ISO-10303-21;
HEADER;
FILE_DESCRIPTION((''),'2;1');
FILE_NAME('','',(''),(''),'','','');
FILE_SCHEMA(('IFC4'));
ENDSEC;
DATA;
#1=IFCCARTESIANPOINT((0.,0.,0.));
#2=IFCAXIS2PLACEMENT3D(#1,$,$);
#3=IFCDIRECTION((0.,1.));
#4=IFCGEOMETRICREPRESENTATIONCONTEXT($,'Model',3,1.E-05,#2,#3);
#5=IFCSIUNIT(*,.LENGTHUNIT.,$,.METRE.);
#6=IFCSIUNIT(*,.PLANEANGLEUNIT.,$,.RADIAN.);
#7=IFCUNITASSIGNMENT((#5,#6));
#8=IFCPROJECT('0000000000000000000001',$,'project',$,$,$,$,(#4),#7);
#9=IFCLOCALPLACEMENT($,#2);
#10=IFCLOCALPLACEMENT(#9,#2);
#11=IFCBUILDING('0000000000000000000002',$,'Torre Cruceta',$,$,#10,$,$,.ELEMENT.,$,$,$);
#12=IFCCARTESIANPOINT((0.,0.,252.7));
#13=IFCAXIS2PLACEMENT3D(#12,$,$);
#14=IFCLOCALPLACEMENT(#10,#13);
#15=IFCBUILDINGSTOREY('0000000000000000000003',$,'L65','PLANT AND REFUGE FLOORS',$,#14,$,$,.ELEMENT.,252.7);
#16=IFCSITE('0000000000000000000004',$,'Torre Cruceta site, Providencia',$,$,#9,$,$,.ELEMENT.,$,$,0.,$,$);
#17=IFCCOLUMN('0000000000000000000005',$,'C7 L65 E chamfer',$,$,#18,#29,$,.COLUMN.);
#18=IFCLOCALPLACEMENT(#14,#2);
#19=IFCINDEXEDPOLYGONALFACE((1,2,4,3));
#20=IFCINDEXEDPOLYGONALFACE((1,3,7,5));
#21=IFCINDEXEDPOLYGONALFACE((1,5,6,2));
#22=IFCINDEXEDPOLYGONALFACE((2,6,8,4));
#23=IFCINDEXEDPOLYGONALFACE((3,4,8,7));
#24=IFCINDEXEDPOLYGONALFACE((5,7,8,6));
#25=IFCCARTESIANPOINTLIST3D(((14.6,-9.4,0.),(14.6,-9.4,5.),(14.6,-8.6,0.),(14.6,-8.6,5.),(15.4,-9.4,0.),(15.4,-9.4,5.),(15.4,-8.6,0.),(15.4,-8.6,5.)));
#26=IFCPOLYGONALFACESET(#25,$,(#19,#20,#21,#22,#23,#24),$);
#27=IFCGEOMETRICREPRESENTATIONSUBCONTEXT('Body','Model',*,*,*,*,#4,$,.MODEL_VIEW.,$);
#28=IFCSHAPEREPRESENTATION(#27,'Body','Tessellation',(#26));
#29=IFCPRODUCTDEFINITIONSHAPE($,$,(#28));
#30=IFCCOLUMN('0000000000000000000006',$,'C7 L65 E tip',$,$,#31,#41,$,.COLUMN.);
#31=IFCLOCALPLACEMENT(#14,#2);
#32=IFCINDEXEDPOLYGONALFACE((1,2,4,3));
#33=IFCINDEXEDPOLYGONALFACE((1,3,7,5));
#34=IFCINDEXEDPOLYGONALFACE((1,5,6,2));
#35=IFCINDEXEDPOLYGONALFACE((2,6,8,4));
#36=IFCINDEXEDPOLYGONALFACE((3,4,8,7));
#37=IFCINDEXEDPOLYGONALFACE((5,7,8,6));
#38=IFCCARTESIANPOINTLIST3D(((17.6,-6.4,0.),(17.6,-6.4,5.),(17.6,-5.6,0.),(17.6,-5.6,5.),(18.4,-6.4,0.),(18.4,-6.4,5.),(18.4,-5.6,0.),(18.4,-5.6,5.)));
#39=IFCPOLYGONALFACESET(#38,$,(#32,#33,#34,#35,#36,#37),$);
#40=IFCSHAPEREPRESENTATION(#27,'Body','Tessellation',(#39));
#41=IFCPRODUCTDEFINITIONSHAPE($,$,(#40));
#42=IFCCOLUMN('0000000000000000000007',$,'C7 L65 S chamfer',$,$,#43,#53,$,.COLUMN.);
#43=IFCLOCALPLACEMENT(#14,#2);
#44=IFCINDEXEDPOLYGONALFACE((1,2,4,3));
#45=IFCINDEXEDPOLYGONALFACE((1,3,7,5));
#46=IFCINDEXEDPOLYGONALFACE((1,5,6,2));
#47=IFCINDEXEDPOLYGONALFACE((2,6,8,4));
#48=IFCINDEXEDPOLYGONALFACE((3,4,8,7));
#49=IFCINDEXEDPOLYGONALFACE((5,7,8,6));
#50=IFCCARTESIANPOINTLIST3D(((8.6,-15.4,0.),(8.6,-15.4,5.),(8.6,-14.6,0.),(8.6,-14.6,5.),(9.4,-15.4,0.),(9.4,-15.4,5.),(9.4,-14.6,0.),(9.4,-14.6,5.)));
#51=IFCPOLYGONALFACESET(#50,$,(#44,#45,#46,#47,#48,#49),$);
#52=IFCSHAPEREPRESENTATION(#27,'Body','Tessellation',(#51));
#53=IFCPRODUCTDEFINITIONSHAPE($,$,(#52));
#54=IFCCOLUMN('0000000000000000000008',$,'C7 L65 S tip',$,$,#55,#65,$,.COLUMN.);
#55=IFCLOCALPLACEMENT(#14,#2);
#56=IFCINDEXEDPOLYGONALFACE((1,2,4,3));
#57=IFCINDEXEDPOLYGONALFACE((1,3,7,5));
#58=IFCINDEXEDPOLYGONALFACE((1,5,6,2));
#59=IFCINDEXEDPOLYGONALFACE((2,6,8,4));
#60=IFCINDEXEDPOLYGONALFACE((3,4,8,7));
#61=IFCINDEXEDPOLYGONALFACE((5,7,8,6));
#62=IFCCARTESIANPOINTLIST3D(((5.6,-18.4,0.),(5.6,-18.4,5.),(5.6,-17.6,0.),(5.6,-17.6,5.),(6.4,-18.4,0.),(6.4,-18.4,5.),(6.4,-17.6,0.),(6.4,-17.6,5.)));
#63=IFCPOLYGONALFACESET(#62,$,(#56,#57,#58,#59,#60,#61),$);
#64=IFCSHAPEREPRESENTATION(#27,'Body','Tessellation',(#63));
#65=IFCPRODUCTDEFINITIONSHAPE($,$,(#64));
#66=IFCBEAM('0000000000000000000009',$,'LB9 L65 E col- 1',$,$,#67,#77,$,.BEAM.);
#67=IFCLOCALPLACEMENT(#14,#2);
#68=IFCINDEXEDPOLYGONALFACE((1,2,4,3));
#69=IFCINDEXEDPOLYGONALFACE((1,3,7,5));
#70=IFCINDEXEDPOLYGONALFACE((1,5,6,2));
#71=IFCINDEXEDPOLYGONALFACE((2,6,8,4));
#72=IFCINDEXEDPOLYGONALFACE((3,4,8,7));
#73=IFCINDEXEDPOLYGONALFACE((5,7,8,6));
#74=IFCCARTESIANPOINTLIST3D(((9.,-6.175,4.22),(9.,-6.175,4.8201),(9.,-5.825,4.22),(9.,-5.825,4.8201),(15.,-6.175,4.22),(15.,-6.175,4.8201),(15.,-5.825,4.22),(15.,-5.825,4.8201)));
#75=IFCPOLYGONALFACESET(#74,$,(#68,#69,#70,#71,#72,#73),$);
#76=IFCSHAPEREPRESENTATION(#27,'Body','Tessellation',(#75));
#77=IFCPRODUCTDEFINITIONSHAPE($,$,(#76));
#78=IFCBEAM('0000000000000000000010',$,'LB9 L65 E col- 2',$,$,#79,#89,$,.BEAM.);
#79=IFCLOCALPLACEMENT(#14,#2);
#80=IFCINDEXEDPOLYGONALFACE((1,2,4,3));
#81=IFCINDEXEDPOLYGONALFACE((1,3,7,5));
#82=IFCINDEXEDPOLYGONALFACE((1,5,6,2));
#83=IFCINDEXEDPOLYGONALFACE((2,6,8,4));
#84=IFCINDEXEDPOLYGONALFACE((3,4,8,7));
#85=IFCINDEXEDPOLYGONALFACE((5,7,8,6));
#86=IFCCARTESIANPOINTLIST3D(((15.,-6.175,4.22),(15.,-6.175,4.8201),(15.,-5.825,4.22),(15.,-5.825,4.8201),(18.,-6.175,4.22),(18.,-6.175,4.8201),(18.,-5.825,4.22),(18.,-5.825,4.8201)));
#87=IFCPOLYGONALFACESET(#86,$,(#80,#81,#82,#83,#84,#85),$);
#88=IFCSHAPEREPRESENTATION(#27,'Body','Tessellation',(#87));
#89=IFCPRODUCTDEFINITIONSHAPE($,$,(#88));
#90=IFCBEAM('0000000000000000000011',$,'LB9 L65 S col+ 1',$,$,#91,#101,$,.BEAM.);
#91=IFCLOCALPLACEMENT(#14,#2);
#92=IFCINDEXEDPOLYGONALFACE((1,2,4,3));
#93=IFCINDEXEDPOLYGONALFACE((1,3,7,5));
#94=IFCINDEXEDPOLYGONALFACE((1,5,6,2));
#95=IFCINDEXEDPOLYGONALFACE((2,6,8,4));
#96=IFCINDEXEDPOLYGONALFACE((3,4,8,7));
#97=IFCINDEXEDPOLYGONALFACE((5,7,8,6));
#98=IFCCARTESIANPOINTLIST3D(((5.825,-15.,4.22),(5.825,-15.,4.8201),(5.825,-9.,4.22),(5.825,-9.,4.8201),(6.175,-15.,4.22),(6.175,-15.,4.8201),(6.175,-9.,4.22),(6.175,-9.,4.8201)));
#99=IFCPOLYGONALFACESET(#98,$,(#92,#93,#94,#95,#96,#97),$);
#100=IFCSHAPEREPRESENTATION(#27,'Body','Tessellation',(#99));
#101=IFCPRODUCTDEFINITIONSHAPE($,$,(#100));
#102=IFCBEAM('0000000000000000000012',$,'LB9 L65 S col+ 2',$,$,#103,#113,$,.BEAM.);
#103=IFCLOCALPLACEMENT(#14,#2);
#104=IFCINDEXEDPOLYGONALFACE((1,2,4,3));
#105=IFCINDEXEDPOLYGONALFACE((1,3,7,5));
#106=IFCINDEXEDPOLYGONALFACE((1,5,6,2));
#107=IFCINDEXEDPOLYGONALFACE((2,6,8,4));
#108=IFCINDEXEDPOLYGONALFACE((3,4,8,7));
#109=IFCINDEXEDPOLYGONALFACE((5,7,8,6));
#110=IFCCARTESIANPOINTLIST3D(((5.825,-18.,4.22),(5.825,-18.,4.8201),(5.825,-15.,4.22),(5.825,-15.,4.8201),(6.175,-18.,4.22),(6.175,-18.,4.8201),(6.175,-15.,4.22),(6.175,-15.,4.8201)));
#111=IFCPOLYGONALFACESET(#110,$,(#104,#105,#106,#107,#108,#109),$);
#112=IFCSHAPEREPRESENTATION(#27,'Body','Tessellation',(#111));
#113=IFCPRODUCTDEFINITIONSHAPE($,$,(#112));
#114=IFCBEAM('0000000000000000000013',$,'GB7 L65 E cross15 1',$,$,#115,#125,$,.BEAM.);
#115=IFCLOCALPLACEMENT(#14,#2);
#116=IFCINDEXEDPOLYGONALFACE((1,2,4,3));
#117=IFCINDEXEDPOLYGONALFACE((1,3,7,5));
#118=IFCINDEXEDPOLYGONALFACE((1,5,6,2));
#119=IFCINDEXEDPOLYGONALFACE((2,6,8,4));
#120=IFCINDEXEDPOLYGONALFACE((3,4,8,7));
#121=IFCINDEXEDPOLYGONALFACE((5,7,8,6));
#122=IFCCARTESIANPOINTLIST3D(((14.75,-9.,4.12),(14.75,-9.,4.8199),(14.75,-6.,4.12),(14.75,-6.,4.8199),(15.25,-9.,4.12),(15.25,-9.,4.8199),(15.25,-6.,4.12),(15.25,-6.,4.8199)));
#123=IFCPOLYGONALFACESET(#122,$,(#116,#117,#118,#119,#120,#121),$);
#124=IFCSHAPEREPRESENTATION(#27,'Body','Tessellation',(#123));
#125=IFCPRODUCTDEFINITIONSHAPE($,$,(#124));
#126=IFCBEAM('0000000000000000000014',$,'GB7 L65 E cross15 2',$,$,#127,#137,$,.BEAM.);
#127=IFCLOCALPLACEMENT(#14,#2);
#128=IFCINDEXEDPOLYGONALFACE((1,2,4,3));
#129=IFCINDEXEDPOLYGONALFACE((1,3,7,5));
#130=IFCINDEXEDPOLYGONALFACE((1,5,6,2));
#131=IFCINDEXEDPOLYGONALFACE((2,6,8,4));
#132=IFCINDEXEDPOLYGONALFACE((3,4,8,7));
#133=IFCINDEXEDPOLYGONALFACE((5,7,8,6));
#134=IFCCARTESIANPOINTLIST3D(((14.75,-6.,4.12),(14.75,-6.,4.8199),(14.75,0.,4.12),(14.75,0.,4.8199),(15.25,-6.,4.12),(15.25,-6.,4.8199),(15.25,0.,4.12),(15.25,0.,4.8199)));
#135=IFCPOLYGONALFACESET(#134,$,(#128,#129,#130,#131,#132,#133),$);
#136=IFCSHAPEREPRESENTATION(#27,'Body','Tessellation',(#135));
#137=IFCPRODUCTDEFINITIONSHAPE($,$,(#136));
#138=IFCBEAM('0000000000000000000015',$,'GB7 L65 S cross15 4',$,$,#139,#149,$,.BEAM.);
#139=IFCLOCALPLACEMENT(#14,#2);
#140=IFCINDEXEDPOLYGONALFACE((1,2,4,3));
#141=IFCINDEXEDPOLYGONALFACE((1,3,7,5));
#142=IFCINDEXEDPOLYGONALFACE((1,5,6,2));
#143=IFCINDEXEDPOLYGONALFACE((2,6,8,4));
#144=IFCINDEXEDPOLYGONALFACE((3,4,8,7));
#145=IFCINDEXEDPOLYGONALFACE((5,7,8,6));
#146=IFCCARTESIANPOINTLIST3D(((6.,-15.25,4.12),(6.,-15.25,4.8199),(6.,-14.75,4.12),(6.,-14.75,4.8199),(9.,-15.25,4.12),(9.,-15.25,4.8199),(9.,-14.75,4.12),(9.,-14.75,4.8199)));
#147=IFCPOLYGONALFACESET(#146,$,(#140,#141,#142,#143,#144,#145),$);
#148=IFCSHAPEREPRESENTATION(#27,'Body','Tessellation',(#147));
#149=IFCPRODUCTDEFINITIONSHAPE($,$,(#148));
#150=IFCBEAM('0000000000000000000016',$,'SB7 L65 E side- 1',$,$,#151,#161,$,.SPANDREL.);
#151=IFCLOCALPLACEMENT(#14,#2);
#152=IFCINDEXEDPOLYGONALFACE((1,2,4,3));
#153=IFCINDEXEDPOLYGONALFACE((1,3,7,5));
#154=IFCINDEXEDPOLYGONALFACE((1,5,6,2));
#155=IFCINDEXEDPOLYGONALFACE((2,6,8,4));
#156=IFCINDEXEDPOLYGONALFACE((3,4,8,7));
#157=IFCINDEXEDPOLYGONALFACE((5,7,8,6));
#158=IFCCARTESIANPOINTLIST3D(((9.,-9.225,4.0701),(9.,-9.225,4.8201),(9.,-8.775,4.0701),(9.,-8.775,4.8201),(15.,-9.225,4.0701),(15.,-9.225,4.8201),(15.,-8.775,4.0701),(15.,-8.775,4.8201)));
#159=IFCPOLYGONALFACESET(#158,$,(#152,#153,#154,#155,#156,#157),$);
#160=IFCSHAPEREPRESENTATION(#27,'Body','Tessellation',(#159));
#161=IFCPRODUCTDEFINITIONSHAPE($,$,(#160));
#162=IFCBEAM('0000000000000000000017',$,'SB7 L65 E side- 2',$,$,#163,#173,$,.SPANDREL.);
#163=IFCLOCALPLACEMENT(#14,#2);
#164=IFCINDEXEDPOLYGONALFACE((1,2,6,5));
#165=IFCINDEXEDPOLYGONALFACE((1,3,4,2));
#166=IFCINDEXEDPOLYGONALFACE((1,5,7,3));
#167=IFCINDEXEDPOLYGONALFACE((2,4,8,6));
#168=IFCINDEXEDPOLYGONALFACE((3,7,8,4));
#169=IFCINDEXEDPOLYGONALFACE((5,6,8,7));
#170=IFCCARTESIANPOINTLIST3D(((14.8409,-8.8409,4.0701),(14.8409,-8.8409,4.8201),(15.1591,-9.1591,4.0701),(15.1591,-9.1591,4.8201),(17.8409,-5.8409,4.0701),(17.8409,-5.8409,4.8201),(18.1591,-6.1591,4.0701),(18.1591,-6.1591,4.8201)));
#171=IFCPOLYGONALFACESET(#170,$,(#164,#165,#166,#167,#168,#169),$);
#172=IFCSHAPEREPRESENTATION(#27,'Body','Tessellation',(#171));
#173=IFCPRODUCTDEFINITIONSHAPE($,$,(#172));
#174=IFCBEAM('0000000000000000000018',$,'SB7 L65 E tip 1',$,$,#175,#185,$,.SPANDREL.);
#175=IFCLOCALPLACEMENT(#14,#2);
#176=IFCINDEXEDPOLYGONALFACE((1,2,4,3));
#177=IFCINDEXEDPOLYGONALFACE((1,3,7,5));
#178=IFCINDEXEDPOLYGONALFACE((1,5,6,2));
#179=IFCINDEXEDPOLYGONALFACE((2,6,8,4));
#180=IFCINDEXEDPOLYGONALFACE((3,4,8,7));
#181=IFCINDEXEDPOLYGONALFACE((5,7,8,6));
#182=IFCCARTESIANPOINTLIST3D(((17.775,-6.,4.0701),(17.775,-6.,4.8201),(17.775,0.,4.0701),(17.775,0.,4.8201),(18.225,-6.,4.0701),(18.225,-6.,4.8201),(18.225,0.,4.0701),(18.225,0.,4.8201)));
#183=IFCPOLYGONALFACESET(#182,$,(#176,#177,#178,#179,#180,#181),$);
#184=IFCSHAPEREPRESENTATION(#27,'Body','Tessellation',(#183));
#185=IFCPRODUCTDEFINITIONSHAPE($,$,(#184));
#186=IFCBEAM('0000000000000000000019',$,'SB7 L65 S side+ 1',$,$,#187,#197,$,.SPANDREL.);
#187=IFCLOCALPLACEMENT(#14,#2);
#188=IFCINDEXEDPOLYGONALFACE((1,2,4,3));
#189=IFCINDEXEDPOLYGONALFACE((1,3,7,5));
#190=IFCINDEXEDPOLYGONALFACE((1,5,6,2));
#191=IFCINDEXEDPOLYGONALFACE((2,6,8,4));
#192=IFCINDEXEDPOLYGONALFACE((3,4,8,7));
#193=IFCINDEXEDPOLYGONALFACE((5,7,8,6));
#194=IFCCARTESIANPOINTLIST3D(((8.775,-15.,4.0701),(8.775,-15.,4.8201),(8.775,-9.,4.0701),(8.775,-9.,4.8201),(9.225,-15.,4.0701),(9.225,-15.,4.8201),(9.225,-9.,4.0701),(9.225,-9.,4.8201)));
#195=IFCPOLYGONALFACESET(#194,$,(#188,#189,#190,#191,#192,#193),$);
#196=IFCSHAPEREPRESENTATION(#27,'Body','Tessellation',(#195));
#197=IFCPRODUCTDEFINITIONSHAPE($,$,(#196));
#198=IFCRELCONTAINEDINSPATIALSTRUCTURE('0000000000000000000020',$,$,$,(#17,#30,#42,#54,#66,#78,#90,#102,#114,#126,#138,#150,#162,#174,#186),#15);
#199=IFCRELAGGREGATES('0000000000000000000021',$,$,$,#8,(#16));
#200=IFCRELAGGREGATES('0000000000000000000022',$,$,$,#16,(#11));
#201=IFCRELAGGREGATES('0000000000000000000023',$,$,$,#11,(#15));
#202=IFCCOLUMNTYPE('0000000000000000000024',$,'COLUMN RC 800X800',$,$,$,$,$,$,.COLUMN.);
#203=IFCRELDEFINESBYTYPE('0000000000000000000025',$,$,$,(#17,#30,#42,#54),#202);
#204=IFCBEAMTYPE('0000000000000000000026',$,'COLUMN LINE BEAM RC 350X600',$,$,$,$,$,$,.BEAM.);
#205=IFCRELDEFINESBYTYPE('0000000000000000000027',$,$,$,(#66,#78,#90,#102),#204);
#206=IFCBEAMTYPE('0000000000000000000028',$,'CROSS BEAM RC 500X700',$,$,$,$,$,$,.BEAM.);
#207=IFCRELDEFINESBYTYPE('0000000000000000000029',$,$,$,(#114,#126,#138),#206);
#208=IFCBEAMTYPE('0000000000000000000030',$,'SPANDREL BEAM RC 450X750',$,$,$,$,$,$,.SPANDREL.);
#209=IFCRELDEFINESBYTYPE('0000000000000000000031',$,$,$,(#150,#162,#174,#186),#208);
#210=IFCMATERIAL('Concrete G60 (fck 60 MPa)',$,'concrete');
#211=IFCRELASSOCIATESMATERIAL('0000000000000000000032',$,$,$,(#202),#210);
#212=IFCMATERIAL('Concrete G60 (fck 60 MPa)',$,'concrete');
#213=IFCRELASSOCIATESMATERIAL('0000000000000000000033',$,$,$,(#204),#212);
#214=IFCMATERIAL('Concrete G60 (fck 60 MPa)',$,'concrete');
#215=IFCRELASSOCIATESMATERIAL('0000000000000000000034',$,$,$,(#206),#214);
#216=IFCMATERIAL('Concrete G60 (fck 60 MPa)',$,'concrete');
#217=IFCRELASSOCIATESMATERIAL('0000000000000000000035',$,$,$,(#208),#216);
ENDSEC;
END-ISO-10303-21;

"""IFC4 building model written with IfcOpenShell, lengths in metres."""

from ifc_helpers import new_model, si_unit, direction, frame, origin, origin_2d, place, context, subcontext, project, spatial, rectangle, extrude, material, material_profile, profile_set, type_object, element, save


model = new_model("IFC4")

# Units and contexts
model_context = context("Model", 3, precision=1e-05, world=origin(), true_north=direction((0.0, 1.0)))
body_context = subcontext(model_context, "Body", "Model", "MODEL_VIEW")
ifc_project = project(units=[si_unit("LENGTHUNIT", "METRE"), si_unit("PLANEANGLEUNIT", "RADIAN")], contexts=[model_context])

# Site, building, storey
site_placement = place(None, origin())
site = spatial("IfcSite", under=ifc_project, at=site_placement, Name="Torre Cruceta site, Providencia", CompositionType="ELEMENT", RefElevation=0.0)
building_placement = place(site_placement, origin())
building = spatial("IfcBuilding", under=site, at=building_placement, Name="Torre Cruceta", CompositionType="ELEMENT")
storey_placement = place(building_placement, frame((0.0, 0.0, 252.7)))
storey = spatial("IfcBuildingStorey", under=building, at=storey_placement, Name="L65", Description="PLANT AND REFUGE FLOORS", CompositionType="ELEMENT", Elevation=252.7)

# Columns
ifc_material_1 = material(Name="Concrete G60 (fck 60 MPa)", Category="concrete")
ifc_material_profile_1 = material_profile(ifc_material_1, rectangle(XDim=0.8, YDim=0.8, at=origin_2d()), Name="RC 800X800")
ifc_profile_set_1 = profile_set([ifc_material_profile_1], Name="Concrete G60 (fck 60 MPa)")
column_type = type_object("IfcColumnType", Name="COLUMN RC 800X800", PredefinedType="COLUMN", material=ifc_profile_set_1)
for number, where, z_axis, x_axis, name in (
    (1, (15.0, -9.0, 0.0), (0.0, 0.0, 1.0), (1.0, 0.0, 0.0), "C7 L65 E chamfer"),
    (2, (18.0, -6.0, 0.0), (0.0, 0.0, 1.0), (1.0, 0.0, 0.0), "C7 L65 E tip"),
    (3, (9.0, -15.0, 0.0), (0.0, 0.0, 1.0), (1.0, 0.0, 0.0), "C7 L65 S chamfer"),
    (4, (6.0, -18.0, 0.0), (0.0, 0.0, 1.0), (1.0, 0.0, 0.0), "C7 L65 S tip"),
):
    element("IfcColumn", number, at=place(storey_placement, frame(where, z_axis=z_axis, x_axis=x_axis)), inside=storey, type_object=column_type, Name=name, PredefinedType="COLUMN", context=body_context, shape_type="SweptSolid", body=[
        extrude(rectangle(XDim=0.8, YDim=0.8, at=origin_2d()), origin(), (0.0, 0.0, 1.0), 5.0),
    ])

# Beams
ifc_material_2 = material(Name="Concrete G60 (fck 60 MPa)", Category="concrete")
ifc_material_profile_2 = material_profile(ifc_material_2, rectangle(XDim=0.3501, YDim=0.6001, at=origin_2d()), Name="RC 350X600")
ifc_profile_set_2 = profile_set([ifc_material_profile_2], Name="Concrete G60 (fck 60 MPa)")
beam_type_1 = type_object("IfcBeamType", Name="COLUMN LINE BEAM RC 350X600", PredefinedType="BEAM", material=ifc_profile_set_2)
beam_1_placement = place(storey_placement, frame((9.0, -6.0, 4.52), z_axis=(1.0, 0.0, 0.0), x_axis=(0.0, 1.0, 0.0)))
element("IfcBeam", 5, at=beam_1_placement, inside=storey, type_object=beam_type_1, Name="LB9 L65 E col- 1", PredefinedType="BEAM", context=body_context, shape_type="SweptSolid", body=[
    extrude(rectangle(XDim=0.3501, YDim=0.6001, at=origin_2d()), origin(), (0.0, 0.0, 1.0), 6.0),
])
beam_2_placement = place(storey_placement, frame((15.0, -6.0, 4.52), z_axis=(1.0, 0.0, 0.0), x_axis=(0.0, 1.0, 0.0)))
element("IfcBeam", 6, at=beam_2_placement, inside=storey, type_object=beam_type_1, Name="LB9 L65 E col- 2", PredefinedType="BEAM", context=body_context, shape_type="SweptSolid", body=[
    extrude(rectangle(XDim=0.3501, YDim=0.6001, at=origin_2d()), origin(), (0.0, 0.0, 1.0), 3.0),
])
beam_3_placement = place(storey_placement, frame((6.0, -9.0, 4.52), z_axis=(0.0, -1.0, 0.0), x_axis=(1.0, 0.0, 0.0)))
element("IfcBeam", 7, at=beam_3_placement, inside=storey, type_object=beam_type_1, Name="LB9 L65 S col+ 1", PredefinedType="BEAM", context=body_context, shape_type="SweptSolid", body=[
    extrude(rectangle(XDim=0.3501, YDim=0.6001, at=origin_2d()), origin(), (0.0, 0.0, 1.0), 6.0),
])
beam_4_placement = place(storey_placement, frame((6.0, -15.0, 4.52), z_axis=(0.0, -1.0, 0.0), x_axis=(1.0, 0.0, 0.0)))
element("IfcBeam", 8, at=beam_4_placement, inside=storey, type_object=beam_type_1, Name="LB9 L65 S col+ 2", PredefinedType="BEAM", context=body_context, shape_type="SweptSolid", body=[
    extrude(rectangle(XDim=0.3501, YDim=0.6001, at=origin_2d()), origin(), (0.0, 0.0, 1.0), 3.0),
])
ifc_material_3 = material(Name="Concrete G60 (fck 60 MPa)", Category="concrete")
ifc_material_profile_3 = material_profile(ifc_material_3, rectangle(XDim=0.5, YDim=0.7, at=origin_2d()), Name="RC 500X700")
ifc_profile_set_3 = profile_set([ifc_material_profile_3], Name="Concrete G60 (fck 60 MPa)")
beam_type_2 = type_object("IfcBeamType", Name="CROSS BEAM RC 500X700", PredefinedType="BEAM", material=ifc_profile_set_3)
beam_5_placement = place(storey_placement, frame((15.0, -9.0, 4.47), z_axis=(0.0, 1.0, 0.0), x_axis=(-1.0, 0.0, 0.0)))
element("IfcBeam", 9, at=beam_5_placement, inside=storey, type_object=beam_type_2, Name="GB7 L65 E cross15 1", PredefinedType="BEAM", context=body_context, shape_type="SweptSolid", body=[
    extrude(rectangle(XDim=0.5, YDim=0.7, at=origin_2d()), origin(), (0.0, 0.0, 1.0), 3.0),
])
beam_6_placement = place(storey_placement, frame((15.0, -6.0, 4.47), z_axis=(0.0, 1.0, 0.0), x_axis=(-1.0, 0.0, 0.0)))
element("IfcBeam", 10, at=beam_6_placement, inside=storey, type_object=beam_type_2, Name="GB7 L65 E cross15 2", PredefinedType="BEAM", context=body_context, shape_type="SweptSolid", body=[
    extrude(rectangle(XDim=0.5, YDim=0.7, at=origin_2d()), origin(), (0.0, 0.0, 1.0), 6.0),
])
beam_7_placement = place(storey_placement, frame((6.0, -15.0, 4.47), z_axis=(1.0, 0.0, 0.0), x_axis=(0.0, 1.0, 0.0)))
element("IfcBeam", 11, at=beam_7_placement, inside=storey, type_object=beam_type_2, Name="GB7 L65 S cross15 4", PredefinedType="BEAM", context=body_context, shape_type="SweptSolid", body=[
    extrude(rectangle(XDim=0.5, YDim=0.7, at=origin_2d()), origin(), (0.0, 0.0, 1.0), 3.0),
])
ifc_material_4 = material(Name="Concrete G60 (fck 60 MPa)", Category="concrete")
ifc_material_profile_4 = material_profile(ifc_material_4, rectangle(XDim=0.45, YDim=0.75, at=origin_2d()), Name="RC 450X750")
ifc_profile_set_4 = profile_set([ifc_material_profile_4], Name="Concrete G60 (fck 60 MPa)")
beam_type_3 = type_object("IfcBeamType", Name="SPANDREL BEAM RC 450X750", PredefinedType="SPANDREL", material=ifc_profile_set_4)
beam_8_placement = place(storey_placement, frame((9.0, -9.0, 4.4451), z_axis=(1.0, 0.0, 0.0), x_axis=(0.0, 1.0, 0.0)))
element("IfcBeam", 12, at=beam_8_placement, inside=storey, type_object=beam_type_3, Name="SB7 L65 E side- 1", PredefinedType="SPANDREL", context=body_context, shape_type="SweptSolid", body=[
    extrude(rectangle(XDim=0.45, YDim=0.75, at=origin_2d()), origin(), (0.0, 0.0, 1.0), 6.0),
])
beam_9_placement = place(storey_placement, frame((15.0, -9.0, 4.4451), z_axis=(0.707107, 0.707107, 0.0), x_axis=(-0.707107, 0.707107, 0.0)))
element("IfcBeam", 13, at=beam_9_placement, inside=storey, type_object=beam_type_3, Name="SB7 L65 E side- 2", PredefinedType="SPANDREL", context=body_context, shape_type="SweptSolid", body=[
    extrude(rectangle(XDim=0.45, YDim=0.75, at=origin_2d()), origin(), (0.0, 0.0, 1.0), 4.2427),
])
for number, where, z_axis, x_axis, name in (
    (14, (18.0, -6.0, 4.4451), (0.0, 1.0, 0.0), (-1.0, 0.0, 0.0), "SB7 L65 E tip 1"),
    (15, (9.0, -9.0, 4.4451), (0.0, -1.0, 0.0), (1.0, 0.0, 0.0), "SB7 L65 S side+ 1"),
):
    element("IfcBeam", number, at=place(storey_placement, frame(where, z_axis=z_axis, x_axis=x_axis)), inside=storey, type_object=beam_type_3, Name=name, PredefinedType="SPANDREL", context=body_context, shape_type="SweptSolid", body=[
        extrude(rectangle(XDim=0.45, YDim=0.75, at=origin_2d()), origin(), (0.0, 0.0, 1.0), 6.0),
    ])

save(model, "model.ifc")
